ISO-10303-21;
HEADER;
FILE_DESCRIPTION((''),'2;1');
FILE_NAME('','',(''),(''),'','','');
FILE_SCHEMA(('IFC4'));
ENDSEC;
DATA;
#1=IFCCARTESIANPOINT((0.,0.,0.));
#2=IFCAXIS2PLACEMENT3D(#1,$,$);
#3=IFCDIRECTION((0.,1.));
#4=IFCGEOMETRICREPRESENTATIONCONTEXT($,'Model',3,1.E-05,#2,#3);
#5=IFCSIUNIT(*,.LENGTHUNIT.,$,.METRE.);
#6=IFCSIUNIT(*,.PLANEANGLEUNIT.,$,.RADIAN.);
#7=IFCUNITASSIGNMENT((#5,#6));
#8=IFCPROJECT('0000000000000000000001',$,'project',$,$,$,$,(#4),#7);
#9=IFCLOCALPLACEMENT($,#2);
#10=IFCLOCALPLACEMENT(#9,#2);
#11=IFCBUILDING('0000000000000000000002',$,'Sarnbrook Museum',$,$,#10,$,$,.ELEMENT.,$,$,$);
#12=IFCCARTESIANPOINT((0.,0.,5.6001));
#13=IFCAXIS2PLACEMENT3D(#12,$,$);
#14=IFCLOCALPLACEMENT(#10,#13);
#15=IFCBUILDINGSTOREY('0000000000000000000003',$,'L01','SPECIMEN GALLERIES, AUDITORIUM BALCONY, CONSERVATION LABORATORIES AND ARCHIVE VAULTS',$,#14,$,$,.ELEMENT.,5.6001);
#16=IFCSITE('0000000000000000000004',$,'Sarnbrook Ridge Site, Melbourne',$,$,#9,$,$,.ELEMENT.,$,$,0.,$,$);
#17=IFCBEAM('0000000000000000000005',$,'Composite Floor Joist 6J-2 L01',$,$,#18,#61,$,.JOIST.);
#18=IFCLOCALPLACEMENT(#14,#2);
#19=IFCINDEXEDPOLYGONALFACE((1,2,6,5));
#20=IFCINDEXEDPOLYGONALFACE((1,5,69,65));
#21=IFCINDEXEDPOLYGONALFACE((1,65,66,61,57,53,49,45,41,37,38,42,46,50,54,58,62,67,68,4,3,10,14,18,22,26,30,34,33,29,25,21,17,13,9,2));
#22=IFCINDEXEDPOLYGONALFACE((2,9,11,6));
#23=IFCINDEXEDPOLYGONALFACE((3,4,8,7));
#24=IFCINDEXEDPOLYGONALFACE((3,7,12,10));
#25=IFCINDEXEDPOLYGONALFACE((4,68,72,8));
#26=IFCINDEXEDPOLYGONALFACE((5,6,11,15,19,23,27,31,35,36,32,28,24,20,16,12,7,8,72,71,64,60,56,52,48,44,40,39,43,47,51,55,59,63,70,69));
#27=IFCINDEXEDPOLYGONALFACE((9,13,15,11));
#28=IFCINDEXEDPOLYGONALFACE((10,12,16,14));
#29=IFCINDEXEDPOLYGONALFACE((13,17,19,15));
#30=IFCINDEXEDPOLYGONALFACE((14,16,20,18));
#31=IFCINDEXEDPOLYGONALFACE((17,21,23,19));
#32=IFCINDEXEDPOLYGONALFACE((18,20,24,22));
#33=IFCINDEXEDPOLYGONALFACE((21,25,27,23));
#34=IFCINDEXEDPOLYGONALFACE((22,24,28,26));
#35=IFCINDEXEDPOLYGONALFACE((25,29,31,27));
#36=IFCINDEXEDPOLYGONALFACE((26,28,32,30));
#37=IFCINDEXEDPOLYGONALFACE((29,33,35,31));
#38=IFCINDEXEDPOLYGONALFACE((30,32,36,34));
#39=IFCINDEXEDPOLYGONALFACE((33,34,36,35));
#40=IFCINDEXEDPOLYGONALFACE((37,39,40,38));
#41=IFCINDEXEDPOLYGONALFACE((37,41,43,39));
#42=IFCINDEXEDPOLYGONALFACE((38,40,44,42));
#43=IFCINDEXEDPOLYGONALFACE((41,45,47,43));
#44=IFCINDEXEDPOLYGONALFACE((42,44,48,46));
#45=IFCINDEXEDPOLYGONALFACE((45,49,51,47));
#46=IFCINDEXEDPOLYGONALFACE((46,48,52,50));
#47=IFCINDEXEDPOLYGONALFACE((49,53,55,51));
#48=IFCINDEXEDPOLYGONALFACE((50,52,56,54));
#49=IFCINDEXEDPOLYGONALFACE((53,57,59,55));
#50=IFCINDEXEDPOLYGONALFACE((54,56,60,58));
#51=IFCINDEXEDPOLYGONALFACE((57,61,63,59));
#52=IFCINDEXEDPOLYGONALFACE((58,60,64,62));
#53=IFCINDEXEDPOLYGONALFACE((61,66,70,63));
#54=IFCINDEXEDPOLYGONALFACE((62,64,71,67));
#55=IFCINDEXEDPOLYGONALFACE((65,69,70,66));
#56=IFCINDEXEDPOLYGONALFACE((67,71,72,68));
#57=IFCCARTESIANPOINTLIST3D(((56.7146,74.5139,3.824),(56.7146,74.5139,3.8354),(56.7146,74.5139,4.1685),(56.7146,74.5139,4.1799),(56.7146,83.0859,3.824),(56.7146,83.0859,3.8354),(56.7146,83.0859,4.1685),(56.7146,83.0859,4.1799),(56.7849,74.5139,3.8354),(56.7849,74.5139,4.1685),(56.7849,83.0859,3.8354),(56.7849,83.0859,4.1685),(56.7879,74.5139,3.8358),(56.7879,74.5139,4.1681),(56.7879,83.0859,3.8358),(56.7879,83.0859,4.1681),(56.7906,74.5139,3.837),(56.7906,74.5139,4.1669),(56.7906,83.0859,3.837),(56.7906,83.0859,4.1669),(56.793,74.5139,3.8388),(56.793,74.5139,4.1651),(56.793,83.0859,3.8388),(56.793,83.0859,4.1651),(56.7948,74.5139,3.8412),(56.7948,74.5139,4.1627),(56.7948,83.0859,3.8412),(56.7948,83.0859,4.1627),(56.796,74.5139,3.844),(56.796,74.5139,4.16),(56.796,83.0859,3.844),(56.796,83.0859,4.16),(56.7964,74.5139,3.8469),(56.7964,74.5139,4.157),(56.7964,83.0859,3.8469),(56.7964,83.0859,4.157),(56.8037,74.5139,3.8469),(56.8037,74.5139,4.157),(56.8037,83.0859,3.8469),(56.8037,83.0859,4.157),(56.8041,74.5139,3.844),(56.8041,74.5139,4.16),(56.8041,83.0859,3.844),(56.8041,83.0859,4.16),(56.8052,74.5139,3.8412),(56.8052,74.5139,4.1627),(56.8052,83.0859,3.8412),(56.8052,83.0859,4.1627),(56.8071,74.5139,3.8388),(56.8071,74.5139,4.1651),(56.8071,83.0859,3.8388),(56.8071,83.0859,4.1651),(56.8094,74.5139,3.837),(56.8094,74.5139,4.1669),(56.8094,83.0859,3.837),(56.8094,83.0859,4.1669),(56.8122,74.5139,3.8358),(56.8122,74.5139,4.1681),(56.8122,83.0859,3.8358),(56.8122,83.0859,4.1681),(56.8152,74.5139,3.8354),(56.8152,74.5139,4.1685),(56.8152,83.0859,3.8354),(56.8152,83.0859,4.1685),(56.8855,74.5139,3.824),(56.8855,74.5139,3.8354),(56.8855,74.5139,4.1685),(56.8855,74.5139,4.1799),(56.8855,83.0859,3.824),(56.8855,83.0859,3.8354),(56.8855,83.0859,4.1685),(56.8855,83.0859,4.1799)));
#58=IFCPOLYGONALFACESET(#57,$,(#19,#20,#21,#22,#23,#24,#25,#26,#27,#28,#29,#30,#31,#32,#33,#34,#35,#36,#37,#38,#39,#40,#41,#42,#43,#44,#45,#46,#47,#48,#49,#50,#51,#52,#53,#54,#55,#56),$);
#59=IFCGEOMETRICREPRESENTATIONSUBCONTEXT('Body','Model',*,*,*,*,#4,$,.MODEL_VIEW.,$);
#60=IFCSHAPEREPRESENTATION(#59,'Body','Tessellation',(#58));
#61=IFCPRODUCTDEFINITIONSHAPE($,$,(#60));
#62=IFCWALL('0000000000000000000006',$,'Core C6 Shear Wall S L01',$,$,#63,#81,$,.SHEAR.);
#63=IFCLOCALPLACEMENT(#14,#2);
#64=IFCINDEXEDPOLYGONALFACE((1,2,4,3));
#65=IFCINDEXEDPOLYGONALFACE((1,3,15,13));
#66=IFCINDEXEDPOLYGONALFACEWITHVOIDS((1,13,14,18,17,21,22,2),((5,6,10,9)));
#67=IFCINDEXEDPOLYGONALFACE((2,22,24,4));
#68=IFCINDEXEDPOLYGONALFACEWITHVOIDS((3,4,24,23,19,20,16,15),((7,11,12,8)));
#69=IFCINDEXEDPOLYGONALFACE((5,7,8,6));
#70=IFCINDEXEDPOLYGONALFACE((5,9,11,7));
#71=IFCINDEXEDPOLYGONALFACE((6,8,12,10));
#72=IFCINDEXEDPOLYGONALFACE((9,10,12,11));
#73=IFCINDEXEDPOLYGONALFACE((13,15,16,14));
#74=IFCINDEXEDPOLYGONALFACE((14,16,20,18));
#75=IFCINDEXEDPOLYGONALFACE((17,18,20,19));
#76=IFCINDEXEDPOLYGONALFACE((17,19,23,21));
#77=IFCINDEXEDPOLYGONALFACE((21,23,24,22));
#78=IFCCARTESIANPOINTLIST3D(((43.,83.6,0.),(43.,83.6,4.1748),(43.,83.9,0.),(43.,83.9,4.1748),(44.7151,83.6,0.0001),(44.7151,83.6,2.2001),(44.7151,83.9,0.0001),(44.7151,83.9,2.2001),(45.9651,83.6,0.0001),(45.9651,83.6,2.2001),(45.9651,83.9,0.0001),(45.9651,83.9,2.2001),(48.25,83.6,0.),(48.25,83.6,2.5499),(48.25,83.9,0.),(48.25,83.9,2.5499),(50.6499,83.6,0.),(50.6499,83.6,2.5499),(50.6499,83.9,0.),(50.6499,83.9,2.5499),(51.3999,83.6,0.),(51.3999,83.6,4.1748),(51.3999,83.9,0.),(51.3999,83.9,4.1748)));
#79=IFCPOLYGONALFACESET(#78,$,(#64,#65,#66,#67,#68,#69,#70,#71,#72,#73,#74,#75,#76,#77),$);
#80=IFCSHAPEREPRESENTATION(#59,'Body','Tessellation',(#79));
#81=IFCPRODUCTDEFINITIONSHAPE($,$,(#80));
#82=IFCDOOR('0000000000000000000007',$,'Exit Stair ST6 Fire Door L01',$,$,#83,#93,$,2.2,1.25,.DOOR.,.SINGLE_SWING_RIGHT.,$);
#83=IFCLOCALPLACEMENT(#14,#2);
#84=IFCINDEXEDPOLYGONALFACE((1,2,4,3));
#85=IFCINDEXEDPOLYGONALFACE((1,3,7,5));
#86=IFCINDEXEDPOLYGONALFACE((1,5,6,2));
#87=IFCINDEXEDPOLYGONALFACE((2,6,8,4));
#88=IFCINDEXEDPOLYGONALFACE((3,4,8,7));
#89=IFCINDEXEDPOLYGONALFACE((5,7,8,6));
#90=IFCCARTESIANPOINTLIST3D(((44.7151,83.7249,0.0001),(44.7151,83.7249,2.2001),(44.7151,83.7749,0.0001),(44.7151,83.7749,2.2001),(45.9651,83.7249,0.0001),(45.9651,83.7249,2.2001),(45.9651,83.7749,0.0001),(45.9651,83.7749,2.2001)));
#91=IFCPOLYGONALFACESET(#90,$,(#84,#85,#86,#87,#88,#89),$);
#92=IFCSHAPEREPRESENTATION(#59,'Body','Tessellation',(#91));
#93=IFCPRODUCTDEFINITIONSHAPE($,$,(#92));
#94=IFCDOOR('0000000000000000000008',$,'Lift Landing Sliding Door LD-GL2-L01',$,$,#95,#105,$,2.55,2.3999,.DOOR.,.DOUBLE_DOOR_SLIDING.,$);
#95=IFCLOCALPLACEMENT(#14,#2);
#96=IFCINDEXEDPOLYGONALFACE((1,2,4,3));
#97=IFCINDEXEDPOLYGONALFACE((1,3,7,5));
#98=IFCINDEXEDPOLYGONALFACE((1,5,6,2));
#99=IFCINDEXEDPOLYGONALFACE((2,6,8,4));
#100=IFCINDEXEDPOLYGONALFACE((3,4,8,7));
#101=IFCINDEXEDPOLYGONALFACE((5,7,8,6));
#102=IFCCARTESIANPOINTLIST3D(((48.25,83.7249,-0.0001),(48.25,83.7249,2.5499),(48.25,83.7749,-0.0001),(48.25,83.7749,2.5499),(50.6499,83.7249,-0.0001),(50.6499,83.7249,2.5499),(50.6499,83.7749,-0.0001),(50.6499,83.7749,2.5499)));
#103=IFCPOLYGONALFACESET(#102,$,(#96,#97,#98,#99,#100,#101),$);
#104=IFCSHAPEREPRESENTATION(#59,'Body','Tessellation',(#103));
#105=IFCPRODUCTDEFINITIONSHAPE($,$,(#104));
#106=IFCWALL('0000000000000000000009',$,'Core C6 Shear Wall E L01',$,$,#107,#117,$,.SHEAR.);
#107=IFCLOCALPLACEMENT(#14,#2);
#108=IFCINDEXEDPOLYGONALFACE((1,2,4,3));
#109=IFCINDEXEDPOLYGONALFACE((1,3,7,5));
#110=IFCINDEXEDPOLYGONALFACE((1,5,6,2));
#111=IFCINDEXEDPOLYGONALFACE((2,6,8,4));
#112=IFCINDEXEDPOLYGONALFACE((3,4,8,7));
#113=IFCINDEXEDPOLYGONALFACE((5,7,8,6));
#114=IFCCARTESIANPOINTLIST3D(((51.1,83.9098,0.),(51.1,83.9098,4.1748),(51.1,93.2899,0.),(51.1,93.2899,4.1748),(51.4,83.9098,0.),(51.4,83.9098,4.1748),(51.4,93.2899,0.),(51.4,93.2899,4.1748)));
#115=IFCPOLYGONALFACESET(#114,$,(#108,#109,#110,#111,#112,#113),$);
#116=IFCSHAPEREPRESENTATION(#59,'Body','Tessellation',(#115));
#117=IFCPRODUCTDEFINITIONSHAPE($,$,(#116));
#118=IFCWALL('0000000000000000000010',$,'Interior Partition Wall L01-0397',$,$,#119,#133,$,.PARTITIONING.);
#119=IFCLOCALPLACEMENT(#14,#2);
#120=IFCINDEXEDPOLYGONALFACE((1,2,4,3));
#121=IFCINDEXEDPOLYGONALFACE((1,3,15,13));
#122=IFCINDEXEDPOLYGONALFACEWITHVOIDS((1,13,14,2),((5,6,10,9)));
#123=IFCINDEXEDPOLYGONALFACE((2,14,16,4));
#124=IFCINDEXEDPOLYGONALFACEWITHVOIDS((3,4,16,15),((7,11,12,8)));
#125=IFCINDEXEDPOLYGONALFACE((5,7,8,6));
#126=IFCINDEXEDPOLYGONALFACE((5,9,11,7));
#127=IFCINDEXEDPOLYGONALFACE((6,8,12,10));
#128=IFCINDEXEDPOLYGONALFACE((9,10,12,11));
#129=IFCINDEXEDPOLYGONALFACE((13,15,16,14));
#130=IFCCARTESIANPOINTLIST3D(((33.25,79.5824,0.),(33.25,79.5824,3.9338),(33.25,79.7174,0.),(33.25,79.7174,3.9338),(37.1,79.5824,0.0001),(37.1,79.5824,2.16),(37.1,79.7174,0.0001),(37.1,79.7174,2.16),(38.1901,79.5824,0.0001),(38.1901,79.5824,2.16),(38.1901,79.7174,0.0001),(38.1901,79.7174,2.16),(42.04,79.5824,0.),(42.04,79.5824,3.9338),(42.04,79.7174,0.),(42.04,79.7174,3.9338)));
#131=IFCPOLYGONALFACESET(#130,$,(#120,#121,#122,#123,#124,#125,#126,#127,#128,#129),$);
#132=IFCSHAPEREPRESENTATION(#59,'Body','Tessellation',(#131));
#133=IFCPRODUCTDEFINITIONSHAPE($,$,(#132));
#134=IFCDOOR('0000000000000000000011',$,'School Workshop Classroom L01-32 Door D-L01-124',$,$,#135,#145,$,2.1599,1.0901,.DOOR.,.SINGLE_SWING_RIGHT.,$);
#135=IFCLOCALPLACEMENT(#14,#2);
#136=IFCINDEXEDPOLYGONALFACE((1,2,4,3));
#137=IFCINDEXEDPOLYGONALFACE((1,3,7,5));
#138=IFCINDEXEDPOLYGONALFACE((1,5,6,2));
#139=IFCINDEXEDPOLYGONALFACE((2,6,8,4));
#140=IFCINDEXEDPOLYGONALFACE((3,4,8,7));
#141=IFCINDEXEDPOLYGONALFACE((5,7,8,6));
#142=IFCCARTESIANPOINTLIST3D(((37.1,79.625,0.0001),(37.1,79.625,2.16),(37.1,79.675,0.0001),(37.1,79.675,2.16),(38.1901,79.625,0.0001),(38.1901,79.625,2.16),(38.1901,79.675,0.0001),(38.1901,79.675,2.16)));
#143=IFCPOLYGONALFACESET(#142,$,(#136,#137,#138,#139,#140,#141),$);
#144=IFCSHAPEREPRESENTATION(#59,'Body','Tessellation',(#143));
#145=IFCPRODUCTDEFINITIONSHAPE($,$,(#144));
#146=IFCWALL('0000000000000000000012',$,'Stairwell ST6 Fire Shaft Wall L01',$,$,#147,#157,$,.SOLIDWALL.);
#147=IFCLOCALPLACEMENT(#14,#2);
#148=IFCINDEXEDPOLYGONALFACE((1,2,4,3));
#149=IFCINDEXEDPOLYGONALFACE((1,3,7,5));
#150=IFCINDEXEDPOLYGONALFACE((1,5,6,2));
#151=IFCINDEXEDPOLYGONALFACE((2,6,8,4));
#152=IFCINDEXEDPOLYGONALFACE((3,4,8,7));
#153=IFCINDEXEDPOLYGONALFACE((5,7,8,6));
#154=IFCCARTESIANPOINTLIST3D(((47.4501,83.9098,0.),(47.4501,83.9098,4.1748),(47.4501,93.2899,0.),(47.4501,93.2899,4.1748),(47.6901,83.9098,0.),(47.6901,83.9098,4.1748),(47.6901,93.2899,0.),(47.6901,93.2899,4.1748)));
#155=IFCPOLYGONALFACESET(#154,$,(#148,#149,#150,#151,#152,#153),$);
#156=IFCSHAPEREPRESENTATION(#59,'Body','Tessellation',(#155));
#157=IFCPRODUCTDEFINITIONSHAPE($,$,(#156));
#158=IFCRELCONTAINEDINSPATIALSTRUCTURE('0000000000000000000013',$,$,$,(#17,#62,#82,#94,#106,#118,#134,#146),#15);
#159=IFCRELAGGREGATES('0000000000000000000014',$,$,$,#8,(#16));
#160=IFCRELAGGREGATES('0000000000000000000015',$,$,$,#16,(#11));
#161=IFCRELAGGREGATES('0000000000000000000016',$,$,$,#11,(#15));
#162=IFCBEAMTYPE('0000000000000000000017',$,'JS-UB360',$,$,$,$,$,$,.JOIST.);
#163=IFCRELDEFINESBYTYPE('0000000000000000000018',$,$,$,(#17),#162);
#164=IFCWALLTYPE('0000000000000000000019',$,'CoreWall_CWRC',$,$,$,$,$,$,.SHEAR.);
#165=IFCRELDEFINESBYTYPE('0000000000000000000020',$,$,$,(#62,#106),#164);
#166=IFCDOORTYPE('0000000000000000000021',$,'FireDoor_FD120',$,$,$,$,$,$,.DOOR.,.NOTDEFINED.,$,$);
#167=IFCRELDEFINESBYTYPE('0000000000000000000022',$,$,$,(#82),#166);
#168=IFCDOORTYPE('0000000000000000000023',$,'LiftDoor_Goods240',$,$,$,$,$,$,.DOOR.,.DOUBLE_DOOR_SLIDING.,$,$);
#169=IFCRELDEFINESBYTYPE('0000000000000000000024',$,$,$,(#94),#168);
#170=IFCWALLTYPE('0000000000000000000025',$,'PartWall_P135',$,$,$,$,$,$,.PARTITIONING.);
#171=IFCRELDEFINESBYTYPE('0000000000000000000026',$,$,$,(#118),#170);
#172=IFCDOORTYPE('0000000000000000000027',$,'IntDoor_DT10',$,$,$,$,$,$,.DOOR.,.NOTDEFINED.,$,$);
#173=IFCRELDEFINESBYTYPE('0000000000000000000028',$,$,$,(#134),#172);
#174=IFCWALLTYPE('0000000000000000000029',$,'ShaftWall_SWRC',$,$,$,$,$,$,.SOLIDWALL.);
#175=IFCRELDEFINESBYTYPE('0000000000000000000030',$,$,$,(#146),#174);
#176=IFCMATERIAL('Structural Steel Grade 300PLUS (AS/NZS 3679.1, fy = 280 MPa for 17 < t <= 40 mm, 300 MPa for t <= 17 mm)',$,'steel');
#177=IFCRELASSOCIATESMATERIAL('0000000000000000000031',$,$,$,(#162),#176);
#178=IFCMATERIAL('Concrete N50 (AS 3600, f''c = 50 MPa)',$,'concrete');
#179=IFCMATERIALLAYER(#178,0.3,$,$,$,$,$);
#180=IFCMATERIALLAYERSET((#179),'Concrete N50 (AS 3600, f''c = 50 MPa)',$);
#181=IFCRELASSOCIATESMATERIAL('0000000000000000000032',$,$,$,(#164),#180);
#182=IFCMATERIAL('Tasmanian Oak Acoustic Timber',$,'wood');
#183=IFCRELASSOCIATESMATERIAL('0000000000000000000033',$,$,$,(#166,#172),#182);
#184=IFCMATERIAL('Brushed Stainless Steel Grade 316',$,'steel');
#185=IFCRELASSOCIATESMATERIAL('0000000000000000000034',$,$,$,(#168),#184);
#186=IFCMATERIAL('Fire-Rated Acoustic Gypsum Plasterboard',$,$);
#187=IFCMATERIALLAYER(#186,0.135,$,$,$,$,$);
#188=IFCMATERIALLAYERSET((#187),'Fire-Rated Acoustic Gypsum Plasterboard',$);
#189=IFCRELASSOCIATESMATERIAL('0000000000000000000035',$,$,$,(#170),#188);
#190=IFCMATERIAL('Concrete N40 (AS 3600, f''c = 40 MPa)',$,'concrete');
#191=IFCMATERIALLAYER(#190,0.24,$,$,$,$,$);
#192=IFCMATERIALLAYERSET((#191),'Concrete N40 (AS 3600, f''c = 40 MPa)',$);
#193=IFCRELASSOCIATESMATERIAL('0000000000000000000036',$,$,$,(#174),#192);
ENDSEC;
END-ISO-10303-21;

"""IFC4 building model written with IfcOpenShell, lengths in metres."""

from ifc_helpers import new_model, si_unit, direction, frame, frame_2d, origin, origin_2d, place, context, subcontext, project, spatial, rectangle, i_section, extrude, material, layer, layer_set, material_profile, profile_set, type_object, element, fill, save


model = new_model("IFC4")

# Units and contexts
model_context = context("Model", 3, precision=1e-05, world=origin(), true_north=direction((0.0, 1.0)))
body_context = subcontext(model_context, "Body", "Model", "MODEL_VIEW")
ifc_project = project(units=[si_unit("LENGTHUNIT", "METRE"), si_unit("PLANEANGLEUNIT", "RADIAN")], contexts=[model_context])

# Site, building, storey
site_placement = place(None, origin())
site = spatial("IfcSite", under=ifc_project, at=site_placement, Name="Sarnbrook Ridge Site, Melbourne", CompositionType="ELEMENT", RefElevation=0.0)
building_placement = place(site_placement, origin())
building = spatial("IfcBuilding", under=site, at=building_placement, Name="Sarnbrook Museum", CompositionType="ELEMENT")
storey_placement = place(building_placement, frame((0.0, 0.0, 5.6001)))
storey = spatial("IfcBuildingStorey", under=building, at=storey_placement, Name="L01", Description="SPECIMEN GALLERIES, AUDITORIUM BALCONY, CONSERVATION LABORATORIES AND ARCHIVE VAULTS", CompositionType="ELEMENT", Elevation=5.6001)

# Beam
ifc_material_1 = material(Name="Structural Steel Grade 300PLUS (AS/NZS 3679.1, fy = 280 MPa for 17 < t <= 40 mm, 300 MPa for t <= 17 mm)", Category="steel")
ifc_material_profile_1 = material_profile(ifc_material_1, i_section(OverallWidth=0.1709, OverallDepth=0.356, WebThickness=0.0073, FlangeThickness=0.0115, FilletRadius=0.0115, at=origin_2d()), Name="360UB50.7")
ifc_profile_set_1 = profile_set([ifc_material_profile_1], Name="Structural Steel Grade 300PLUS (AS/NZS 3679.1, fy = 280 MPa for 17 < t <= 40 mm, 300 MPa for t <= 17 mm)")
beam_type_1 = type_object("IfcBeamType", Name="JS-UB360", PredefinedType="JOIST", material=ifc_profile_set_1)
for number, where, z_axis, x_axis, name in (
    (1, (56.8, 74.5139, 4.002), (0.0, 1.0, 0.0), (-1.0, 0.0, 0.0), "Composite Floor Joist 6J-2 L01"),
):
    element("IfcBeam", number, at=place(storey_placement, frame(where, z_axis=z_axis, x_axis=x_axis)), inside=storey, type_object=beam_type_1, Name=name, PredefinedType="JOIST", context=body_context, shape_type="SweptSolid", body=[
        extrude(i_section(OverallWidth=0.1709, OverallDepth=0.356, WebThickness=0.0073, FlangeThickness=0.0115, FilletRadius=0.0115, at=origin_2d()), origin(), (0.0, 0.0, 1.0), 8.572),
    ])

# Wall, openings, doors
ifc_material_2 = material(Name="Concrete N50 (AS 3600, f'c = 50 MPa)", Category="concrete")
ifc_layer_1 = layer(ifc_material_2, 0.3)
ifc_layer_set_1 = layer_set([ifc_layer_1], Name="Concrete N50 (AS 3600, f'c = 50 MPa)")
wall_type_1 = type_object("IfcWallType", Name="CoreWall_CWRC", PredefinedType="SHEAR", material=ifc_layer_set_1)
wall_1_placement = place(storey_placement, frame((43.0, 83.75, 0.0), z_axis=(0.0, 0.0, 1.0), x_axis=(1.0, 0.0, 0.0)))
wall_1 = element("IfcWall", 2, at=wall_1_placement, inside=storey, type_object=wall_type_1, Name="Core C6 Shear Wall S L01", PredefinedType="SHEAR", context=body_context, shape_type="SweptSolid", body=[
    extrude(rectangle(XDim=8.3999, YDim=0.3, at=frame_2d((4.2, 0.0))), origin(), (0.0, 0.0, 1.0), 4.1748),
])
opening_1_placement = place(wall_1_placement, frame((1.7151, 0.0, 0.0)))
opening_1 = element("IfcOpeningElement", 3, at=opening_1_placement, cuts=wall_1, PredefinedType="OPENING", context=body_context, shape_type="SweptSolid", body=[
    extrude(rectangle(XDim=1.25, YDim=2.2, at=frame_2d((0.625, 1.1001))), frame((0.0, 0.1602, 0.0), z_axis=(0.0, -1.0, 0.0), x_axis=(1.0, 0.0, 0.0)), (0.0, 0.0, 1.0), 0.3201),
])
opening_2_placement = place(wall_1_placement, frame((5.25, 0.0, 0.0)))
opening_2 = element("IfcOpeningElement", 4, at=opening_2_placement, cuts=wall_1, PredefinedType="OPENING", context=body_context, shape_type="SweptSolid", body=[
    extrude(rectangle(XDim=2.3999, YDim=2.55, at=frame_2d((1.2, 1.2749))), frame((0.0, 0.1602, 0.0), z_axis=(0.0, -1.0, 0.0), x_axis=(1.0, 0.0, 0.0)), (0.0, 0.0, 1.0), 0.3201),
])
ifc_material_3 = material(Name="Tasmanian Oak Acoustic Timber", Category="wood")
door_type_1 = type_object("IfcDoorType", Name="FireDoor_FD120", OperationType="NOTDEFINED", PredefinedType="DOOR", material=ifc_material_3)
door_1_placement = place(opening_1_placement, origin())
door_1 = element("IfcDoor", 5, at=door_1_placement, inside=storey, type_object=door_type_1, Name="Exit Stair ST6 Fire Door L01", OperationType="SINGLE_SWING_RIGHT", OverallHeight=2.2, OverallWidth=1.25, PredefinedType="DOOR", context=body_context, shape_type="SweptSolid", body=[
    extrude(rectangle(XDim=1.25, YDim=2.2, at=frame_2d((0.625, 1.1001))), frame((0.0, 0.0249, 0.0), z_axis=(0.0, -1.0, 0.0), x_axis=(1.0, 0.0, 0.0)), (0.0, 0.0, 1.0), 0.05),
])
fill(opening_1, door_1)
ifc_material_4 = material(Name="Brushed Stainless Steel Grade 316", Category="steel")
door_type_2 = type_object("IfcDoorType", Name="LiftDoor_Goods240", OperationType="DOUBLE_DOOR_SLIDING", PredefinedType="DOOR", material=ifc_material_4)
door_2_placement = place(opening_2_placement, origin())
door_2 = element("IfcDoor", 6, at=door_2_placement, inside=storey, type_object=door_type_2, Name="Lift Landing Sliding Door LD-GL2-L01", OperationType="DOUBLE_DOOR_SLIDING", OverallHeight=2.55, OverallWidth=2.3999, PredefinedType="DOOR", context=body_context, shape_type="SweptSolid", body=[
    extrude(rectangle(XDim=2.3999, YDim=2.55, at=frame_2d((1.2, 1.2749))), frame((0.0, 0.0249, 0.0), z_axis=(0.0, -1.0, 0.0), x_axis=(1.0, 0.0, 0.0)), (0.0, 0.0, 1.0), 0.05),
])
fill(opening_2, door_2)

# Wall
wall_2_placement = place(storey_placement, frame((51.25, 83.9099, 0.0), z_axis=(0.0, 0.0, 1.0), x_axis=(0.0, 1.0, 0.0)))
element("IfcWall", 7, at=wall_2_placement, inside=storey, type_object=wall_type_1, Name="Core C6 Shear Wall E L01", PredefinedType="SHEAR", context=body_context, shape_type="SweptSolid", body=[
    extrude(rectangle(XDim=9.3801, YDim=0.3, at=frame_2d((4.6899, 0.0))), origin(), (0.0, 0.0, 1.0), 4.1748),
])

# Wall, opening, door
ifc_material_5 = material(Name="Fire-Rated Acoustic Gypsum Plasterboard")
ifc_layer_2 = layer(ifc_material_5, 0.135)
ifc_layer_set_2 = layer_set([ifc_layer_2], Name="Fire-Rated Acoustic Gypsum Plasterboard")
wall_type_2 = type_object("IfcWallType", Name="PartWall_P135", PredefinedType="PARTITIONING", material=ifc_layer_set_2)
wall_3_placement = place(storey_placement, frame((42.04, 79.6499, 0.0), z_axis=(0.0, 0.0, 1.0), x_axis=(-1.0, 0.0, 0.0)))
wall_3 = element("IfcWall", 8, at=wall_3_placement, inside=storey, type_object=wall_type_2, Name="Interior Partition Wall L01-0397", PredefinedType="PARTITIONING", context=body_context, shape_type="SweptSolid", body=[
    extrude(rectangle(XDim=8.79, YDim=0.135, at=frame_2d((4.395, 0.0))), origin(), (0.0, 0.0, 1.0), 3.9338),
])
opening_3_placement = place(wall_3_placement, frame((3.8501, 0.0, 0.0)))
opening_3 = element("IfcOpeningElement", 9, at=opening_3_placement, cuts=wall_3, PredefinedType="OPENING", context=body_context, shape_type="SweptSolid", body=[
    extrude(rectangle(XDim=1.0901, YDim=2.1599, at=frame_2d((0.5449, 1.0801))), frame((0.0, 0.0776, 0.0), z_axis=(0.0, -1.0, 0.0), x_axis=(1.0, 0.0, 0.0)), (0.0, 0.0, 1.0), 0.155),
])
door_type_3 = type_object("IfcDoorType", Name="IntDoor_DT10", OperationType="NOTDEFINED", PredefinedType="DOOR", material=ifc_material_3)
door_3_placement = place(opening_3_placement, origin())
door_3 = element("IfcDoor", 10, at=door_3_placement, inside=storey, type_object=door_type_3, Name="School Workshop Classroom L01-32 Door D-L01-124", OperationType="SINGLE_SWING_RIGHT", OverallHeight=2.1599, OverallWidth=1.0901, PredefinedType="DOOR", context=body_context, shape_type="SweptSolid", body=[
    extrude(rectangle(XDim=1.0901, YDim=2.1599, at=frame_2d((0.5449, 1.0801))), frame((0.0, 0.0249, 0.0), z_axis=(0.0, -1.0, 0.0), x_axis=(1.0, 0.0, 0.0)), (0.0, 0.0, 1.0), 0.05),
])
fill(opening_3, door_3)

# Wall
ifc_material_6 = material(Name="Concrete N40 (AS 3600, f'c = 40 MPa)", Category="concrete")
ifc_layer_3 = layer(ifc_material_6, 0.24)
ifc_layer_set_3 = layer_set([ifc_layer_3], Name="Concrete N40 (AS 3600, f'c = 40 MPa)")
wall_type_3 = type_object("IfcWallType", Name="ShaftWall_SWRC", PredefinedType="SOLIDWALL", material=ifc_layer_set_3)
wall_4_placement = place(storey_placement, frame((47.5701, 83.9099, 0.0), z_axis=(0.0, 0.0, 1.0), x_axis=(0.0, 1.0, 0.0)))
element("IfcWall", 11, at=wall_4_placement, inside=storey, type_object=wall_type_3, Name="Stairwell ST6 Fire Shaft Wall L01", PredefinedType="SOLIDWALL", context=body_context, shape_type="SweptSolid", body=[
    extrude(rectangle(XDim=9.3801, YDim=0.24, at=frame_2d((4.6899, 0.0))), origin(), (0.0, 0.0, 1.0), 4.1748),
])

save(model, "model.ifc")
